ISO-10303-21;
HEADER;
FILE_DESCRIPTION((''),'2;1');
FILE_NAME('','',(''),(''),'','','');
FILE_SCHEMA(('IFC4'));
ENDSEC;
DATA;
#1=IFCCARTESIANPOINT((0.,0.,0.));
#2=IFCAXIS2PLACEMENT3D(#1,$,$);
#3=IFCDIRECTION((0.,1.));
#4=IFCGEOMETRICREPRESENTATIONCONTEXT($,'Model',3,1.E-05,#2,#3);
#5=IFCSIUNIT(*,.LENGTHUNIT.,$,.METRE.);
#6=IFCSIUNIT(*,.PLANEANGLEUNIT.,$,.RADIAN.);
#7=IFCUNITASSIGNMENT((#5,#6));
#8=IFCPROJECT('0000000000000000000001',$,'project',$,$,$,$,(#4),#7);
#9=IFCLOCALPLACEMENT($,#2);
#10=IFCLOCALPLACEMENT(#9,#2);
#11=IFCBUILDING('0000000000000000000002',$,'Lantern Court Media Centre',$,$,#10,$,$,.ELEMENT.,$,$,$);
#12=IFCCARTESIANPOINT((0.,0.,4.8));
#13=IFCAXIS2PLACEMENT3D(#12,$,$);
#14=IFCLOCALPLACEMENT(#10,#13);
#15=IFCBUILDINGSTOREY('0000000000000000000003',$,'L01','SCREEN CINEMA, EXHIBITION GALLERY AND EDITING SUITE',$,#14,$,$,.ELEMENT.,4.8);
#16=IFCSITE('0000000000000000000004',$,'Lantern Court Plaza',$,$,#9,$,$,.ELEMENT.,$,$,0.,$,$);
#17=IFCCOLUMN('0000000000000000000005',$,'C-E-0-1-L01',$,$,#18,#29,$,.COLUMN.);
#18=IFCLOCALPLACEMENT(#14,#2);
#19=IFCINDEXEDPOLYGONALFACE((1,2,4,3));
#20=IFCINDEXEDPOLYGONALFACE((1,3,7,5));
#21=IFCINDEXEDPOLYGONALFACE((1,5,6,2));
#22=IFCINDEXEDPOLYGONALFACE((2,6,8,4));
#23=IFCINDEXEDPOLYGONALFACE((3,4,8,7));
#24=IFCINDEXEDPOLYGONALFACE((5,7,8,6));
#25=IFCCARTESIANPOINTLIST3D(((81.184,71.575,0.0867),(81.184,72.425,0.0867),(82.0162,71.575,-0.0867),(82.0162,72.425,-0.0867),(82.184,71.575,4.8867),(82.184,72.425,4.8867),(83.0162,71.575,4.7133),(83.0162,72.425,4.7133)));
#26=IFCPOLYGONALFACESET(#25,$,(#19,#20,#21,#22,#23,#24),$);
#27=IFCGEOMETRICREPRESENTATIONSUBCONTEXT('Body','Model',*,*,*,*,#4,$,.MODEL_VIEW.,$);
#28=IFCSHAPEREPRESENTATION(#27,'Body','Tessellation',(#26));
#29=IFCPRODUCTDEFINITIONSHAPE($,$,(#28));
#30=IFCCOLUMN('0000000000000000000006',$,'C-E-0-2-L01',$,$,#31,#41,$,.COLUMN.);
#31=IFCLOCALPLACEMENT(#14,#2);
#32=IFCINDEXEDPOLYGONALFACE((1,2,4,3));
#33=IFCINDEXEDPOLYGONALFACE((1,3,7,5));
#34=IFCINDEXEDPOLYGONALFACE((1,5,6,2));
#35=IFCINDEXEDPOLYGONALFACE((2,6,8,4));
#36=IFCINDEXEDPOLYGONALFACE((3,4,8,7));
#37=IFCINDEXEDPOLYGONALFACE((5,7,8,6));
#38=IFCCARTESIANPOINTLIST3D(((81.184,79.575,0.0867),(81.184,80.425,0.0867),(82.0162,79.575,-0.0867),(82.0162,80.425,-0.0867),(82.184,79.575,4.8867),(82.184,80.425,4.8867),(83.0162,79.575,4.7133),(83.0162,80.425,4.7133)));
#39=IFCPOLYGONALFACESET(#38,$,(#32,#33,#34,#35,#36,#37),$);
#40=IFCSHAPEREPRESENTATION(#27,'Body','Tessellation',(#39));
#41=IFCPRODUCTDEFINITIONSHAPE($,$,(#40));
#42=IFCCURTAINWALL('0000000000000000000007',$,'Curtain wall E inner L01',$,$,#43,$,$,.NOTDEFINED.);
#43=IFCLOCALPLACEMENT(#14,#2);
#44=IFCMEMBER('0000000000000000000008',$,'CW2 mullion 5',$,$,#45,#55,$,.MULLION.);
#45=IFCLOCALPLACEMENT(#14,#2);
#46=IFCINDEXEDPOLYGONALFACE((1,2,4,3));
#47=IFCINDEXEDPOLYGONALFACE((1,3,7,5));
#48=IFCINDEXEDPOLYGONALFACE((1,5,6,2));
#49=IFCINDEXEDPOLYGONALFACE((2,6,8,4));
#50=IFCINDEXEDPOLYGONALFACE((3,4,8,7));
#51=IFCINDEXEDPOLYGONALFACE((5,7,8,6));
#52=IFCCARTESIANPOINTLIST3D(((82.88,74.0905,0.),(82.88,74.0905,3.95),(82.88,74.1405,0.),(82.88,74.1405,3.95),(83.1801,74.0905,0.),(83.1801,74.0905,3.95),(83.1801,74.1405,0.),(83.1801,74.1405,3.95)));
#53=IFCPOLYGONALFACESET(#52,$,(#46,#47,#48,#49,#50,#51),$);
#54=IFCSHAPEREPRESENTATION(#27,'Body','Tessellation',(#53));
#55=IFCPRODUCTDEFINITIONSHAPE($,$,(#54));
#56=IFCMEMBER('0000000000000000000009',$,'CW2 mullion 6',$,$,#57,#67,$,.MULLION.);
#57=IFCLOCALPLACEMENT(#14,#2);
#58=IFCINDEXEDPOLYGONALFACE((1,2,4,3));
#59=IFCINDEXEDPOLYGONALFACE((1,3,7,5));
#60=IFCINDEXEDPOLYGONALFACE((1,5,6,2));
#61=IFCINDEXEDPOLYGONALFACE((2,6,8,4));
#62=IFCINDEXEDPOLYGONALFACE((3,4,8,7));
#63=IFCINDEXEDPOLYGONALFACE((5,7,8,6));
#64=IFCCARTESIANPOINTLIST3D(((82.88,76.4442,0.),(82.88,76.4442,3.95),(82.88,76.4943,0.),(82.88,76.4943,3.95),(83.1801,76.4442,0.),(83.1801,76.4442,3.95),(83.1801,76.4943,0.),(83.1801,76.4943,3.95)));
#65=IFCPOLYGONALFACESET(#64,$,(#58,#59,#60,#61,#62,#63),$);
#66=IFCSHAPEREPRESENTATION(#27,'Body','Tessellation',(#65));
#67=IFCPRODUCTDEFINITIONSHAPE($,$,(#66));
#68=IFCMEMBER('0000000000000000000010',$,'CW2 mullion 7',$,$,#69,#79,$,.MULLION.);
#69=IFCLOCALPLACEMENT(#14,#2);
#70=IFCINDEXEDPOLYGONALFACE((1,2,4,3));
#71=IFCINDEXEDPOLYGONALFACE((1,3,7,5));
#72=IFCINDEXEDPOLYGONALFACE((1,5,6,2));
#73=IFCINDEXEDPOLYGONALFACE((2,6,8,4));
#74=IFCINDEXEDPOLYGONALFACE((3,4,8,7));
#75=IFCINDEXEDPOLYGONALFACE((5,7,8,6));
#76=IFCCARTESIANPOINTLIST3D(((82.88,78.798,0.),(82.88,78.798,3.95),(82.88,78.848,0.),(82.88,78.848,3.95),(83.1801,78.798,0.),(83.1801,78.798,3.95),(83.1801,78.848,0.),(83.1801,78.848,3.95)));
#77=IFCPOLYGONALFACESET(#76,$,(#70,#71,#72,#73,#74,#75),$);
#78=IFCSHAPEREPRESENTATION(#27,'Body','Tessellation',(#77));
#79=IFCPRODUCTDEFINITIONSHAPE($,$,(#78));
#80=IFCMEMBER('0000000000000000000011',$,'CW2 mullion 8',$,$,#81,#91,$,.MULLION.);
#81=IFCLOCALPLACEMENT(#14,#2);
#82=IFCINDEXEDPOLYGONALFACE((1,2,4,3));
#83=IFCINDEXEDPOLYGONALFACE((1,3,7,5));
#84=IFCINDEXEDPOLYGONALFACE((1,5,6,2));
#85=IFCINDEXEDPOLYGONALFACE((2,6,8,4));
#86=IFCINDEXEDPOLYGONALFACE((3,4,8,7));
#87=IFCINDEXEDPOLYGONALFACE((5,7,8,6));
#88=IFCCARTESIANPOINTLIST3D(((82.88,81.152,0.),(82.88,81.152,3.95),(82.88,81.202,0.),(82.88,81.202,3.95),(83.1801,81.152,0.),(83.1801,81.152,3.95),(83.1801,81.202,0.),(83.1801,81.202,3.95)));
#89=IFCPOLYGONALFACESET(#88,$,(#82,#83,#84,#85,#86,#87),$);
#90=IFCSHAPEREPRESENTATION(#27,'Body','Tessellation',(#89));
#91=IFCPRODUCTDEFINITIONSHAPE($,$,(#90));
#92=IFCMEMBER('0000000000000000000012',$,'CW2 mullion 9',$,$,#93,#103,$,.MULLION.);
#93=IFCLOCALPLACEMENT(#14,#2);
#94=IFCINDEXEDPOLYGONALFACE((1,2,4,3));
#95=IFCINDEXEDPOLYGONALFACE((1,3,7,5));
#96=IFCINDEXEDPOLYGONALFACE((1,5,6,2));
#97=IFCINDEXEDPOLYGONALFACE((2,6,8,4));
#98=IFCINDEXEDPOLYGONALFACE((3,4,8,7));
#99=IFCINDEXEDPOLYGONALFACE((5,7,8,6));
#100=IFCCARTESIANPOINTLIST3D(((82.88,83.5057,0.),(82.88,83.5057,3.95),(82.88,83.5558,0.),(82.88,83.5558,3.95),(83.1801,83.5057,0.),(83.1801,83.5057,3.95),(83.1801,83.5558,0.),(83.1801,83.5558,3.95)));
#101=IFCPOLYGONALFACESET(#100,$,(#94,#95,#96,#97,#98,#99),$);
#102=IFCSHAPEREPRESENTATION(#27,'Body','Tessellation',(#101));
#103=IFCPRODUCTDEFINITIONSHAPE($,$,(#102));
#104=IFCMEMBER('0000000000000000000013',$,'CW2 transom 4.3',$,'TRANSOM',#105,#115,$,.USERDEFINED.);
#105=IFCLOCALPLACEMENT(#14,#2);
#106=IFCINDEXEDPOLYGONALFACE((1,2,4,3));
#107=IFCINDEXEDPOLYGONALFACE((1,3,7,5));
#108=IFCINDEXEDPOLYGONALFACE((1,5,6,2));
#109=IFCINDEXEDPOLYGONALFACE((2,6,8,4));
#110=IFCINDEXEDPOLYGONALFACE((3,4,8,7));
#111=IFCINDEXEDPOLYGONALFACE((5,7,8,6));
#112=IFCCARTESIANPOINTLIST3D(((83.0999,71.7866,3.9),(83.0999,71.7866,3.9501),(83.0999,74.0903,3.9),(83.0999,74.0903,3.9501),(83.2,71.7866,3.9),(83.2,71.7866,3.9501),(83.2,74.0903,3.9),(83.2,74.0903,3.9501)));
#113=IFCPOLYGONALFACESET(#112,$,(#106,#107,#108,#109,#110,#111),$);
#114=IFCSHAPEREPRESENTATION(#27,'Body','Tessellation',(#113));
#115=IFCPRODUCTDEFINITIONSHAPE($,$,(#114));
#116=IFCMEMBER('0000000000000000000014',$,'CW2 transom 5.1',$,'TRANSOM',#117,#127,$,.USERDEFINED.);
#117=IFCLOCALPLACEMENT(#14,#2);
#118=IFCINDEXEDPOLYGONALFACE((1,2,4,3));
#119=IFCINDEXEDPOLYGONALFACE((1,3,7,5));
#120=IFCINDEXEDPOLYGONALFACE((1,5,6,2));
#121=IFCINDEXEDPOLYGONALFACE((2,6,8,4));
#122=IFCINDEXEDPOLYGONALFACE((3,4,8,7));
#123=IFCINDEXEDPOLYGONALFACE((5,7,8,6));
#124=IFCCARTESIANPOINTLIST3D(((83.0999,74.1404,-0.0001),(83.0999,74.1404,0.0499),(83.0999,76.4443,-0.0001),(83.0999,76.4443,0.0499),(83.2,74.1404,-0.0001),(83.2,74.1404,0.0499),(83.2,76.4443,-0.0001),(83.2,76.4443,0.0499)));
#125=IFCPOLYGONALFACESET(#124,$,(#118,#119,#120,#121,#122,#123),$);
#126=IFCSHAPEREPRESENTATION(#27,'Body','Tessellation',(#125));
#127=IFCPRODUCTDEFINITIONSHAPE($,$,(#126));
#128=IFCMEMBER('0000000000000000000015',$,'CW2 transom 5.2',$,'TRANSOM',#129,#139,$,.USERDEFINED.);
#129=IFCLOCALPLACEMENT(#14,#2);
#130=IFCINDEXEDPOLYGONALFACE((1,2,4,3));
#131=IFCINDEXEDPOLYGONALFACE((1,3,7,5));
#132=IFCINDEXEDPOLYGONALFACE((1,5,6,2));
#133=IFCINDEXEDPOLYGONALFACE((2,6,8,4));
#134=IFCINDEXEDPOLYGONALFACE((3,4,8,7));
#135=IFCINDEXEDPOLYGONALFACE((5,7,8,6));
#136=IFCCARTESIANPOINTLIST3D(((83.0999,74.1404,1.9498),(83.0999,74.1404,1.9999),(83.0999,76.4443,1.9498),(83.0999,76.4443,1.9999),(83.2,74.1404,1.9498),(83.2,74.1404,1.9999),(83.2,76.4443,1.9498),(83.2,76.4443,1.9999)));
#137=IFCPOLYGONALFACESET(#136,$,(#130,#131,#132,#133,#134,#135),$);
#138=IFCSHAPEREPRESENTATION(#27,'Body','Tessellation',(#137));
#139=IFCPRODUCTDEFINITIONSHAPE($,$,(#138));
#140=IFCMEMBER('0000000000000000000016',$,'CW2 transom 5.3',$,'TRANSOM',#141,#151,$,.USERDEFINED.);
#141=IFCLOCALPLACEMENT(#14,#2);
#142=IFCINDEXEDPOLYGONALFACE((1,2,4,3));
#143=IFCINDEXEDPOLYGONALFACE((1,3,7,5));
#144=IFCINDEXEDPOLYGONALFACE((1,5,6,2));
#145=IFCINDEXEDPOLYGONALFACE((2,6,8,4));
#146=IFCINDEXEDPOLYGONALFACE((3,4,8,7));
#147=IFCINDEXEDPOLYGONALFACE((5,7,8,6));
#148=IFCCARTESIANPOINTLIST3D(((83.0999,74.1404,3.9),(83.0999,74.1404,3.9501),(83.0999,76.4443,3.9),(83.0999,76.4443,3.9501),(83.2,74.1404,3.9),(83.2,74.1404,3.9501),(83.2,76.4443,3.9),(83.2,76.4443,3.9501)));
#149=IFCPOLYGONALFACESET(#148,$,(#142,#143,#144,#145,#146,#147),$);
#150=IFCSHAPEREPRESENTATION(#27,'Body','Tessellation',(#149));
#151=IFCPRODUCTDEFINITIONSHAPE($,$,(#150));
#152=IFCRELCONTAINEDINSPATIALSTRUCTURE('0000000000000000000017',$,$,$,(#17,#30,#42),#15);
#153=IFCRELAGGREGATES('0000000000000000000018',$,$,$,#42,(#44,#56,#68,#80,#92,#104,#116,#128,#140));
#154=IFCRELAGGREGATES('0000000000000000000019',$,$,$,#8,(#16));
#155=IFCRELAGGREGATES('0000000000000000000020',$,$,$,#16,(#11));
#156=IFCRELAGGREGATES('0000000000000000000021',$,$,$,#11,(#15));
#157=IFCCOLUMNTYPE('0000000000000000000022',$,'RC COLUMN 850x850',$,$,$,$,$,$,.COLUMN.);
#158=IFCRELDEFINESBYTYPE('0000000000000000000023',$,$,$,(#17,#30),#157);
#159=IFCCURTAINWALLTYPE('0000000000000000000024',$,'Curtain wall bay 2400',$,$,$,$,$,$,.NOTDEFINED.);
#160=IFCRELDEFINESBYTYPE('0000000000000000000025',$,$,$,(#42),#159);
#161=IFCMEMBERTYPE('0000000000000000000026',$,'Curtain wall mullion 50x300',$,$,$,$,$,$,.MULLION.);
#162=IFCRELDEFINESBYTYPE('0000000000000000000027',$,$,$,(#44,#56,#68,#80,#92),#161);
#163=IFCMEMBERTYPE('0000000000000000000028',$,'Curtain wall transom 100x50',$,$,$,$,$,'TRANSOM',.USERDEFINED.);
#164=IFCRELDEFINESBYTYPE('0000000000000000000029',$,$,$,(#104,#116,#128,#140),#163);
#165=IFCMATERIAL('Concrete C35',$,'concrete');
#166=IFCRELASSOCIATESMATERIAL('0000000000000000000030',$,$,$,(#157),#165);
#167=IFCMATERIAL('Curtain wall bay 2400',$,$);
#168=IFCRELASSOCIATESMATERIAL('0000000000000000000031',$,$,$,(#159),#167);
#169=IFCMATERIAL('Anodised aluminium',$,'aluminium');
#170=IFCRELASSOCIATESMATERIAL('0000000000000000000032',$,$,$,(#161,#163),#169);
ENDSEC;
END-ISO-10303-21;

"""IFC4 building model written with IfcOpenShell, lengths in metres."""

from ifc_helpers import new_model, si_unit, direction, frame, origin, origin_2d, place, context, subcontext, project, spatial, rectangle, extrude, material, material_profile, profile_set, type_object, element, aggregate, save


model = new_model("IFC4")

# Units and contexts
model_context = context("Model", 3, precision=1e-05, world=origin(), true_north=direction((0.0, 1.0)))
body_context = subcontext(model_context, "Body", "Model", "MODEL_VIEW")
ifc_project = project(units=[si_unit("LENGTHUNIT", "METRE"), si_unit("PLANEANGLEUNIT", "RADIAN")], contexts=[model_context])

# Site, building, storey
site_placement = place(None, origin())
site = spatial("IfcSite", under=ifc_project, at=site_placement, Name="Lantern Court Plaza", CompositionType="ELEMENT", RefElevation=0.0)
building_placement = place(site_placement, origin())
building = spatial("IfcBuilding", under=site, at=building_placement, Name="Lantern Court Media Centre", CompositionType="ELEMENT")
storey_placement = place(building_placement, frame((0.0, 0.0, 4.8)))
storey = spatial("IfcBuildingStorey", under=building, at=storey_placement, Name="L01", Description="SCREEN CINEMA, EXHIBITION GALLERY AND EDITING SUITE", CompositionType="ELEMENT", Elevation=4.8)

# Columns
ifc_material_1 = material(Name="Concrete C35", Category="concrete")
ifc_material_profile_1 = material_profile(ifc_material_1, rectangle(XDim=0.8501, YDim=0.8501, at=origin_2d()), Name="RC 850x850")
ifc_profile_set_1 = profile_set([ifc_material_profile_1], Name="Concrete C35")
column_type = type_object("IfcColumnType", Name="RC COLUMN 850x850", PredefinedType="COLUMN", material=ifc_profile_set_1)
for number, where, z_axis, x_axis, name in (
    (1, (81.6001, 72.0, 0.0), (0.203952, 0.0, 0.978981), (0.0, 1.0, 0.0), "C-E-0-1-L01"),
    (2, (81.6001, 80.0, 0.0), (0.203952, 0.0, 0.978981), (0.0, 1.0, 0.0), "C-E-0-2-L01"),
):
    element("IfcColumn", number, at=place(storey_placement, frame(where, z_axis=z_axis, x_axis=x_axis)), inside=storey, type_object=column_type, Name=name, PredefinedType="COLUMN", context=body_context, shape_type="SweptSolid", body=[
        extrude(rectangle(XDim=0.8501, YDim=0.8501, at=origin_2d()), origin(), (0.0, 0.0, 1.0), 4.9031),
    ])

# Curtain wall, members
ifc_material_2 = material(Name="Curtain wall bay 2400")
curtain_wall_type = type_object("IfcCurtainWallType", Name="Curtain wall bay 2400", PredefinedType="NOTDEFINED", material=ifc_material_2)
curtain_wall_placement = place(storey_placement, origin())
curtain_wall = element("IfcCurtainWall", 3, at=curtain_wall_placement, inside=storey, type_object=curtain_wall_type, Name="Curtain wall E inner L01", PredefinedType="NOTDEFINED")
ifc_material_3 = material(Name="Anodised aluminium", Category="aluminium")
ifc_material_profile_2 = material_profile(ifc_material_3, rectangle(XDim=0.3, YDim=0.05, at=origin_2d()), Name="AL 50x300")
ifc_profile_set_2 = profile_set([ifc_material_profile_2], Name="Anodised aluminium")
member_type_1 = type_object("IfcMemberType", Name="Curtain wall mullion 50x300", PredefinedType="MULLION", material=ifc_profile_set_2)
member_1_placement = place(storey_placement, frame((83.03, 74.1155, 0.0), z_axis=(0.0, 0.0, 1.0), x_axis=(-1.0, 0.0, 0.0)))
member_1 = element("IfcMember", 4, at=member_1_placement, type_object=member_type_1, Name="CW2 mullion 5", PredefinedType="MULLION", context=body_context, shape_type="SweptSolid", body=[
    extrude(rectangle(XDim=0.3, YDim=0.05, at=origin_2d()), origin(), (0.0, 0.0, 1.0), 3.95),
])
member_2_placement = place(storey_placement, frame((83.03, 76.4692, 0.0), z_axis=(0.0, 0.0, 1.0), x_axis=(-1.0, 0.0, 0.0)))
member_2 = element("IfcMember", 5, at=member_2_placement, type_object=member_type_1, Name="CW2 mullion 6", PredefinedType="MULLION", context=body_context, shape_type="SweptSolid", body=[
    extrude(rectangle(XDim=0.3, YDim=0.05, at=origin_2d()), origin(), (0.0, 0.0, 1.0), 3.95),
])
member_3_placement = place(storey_placement, frame((83.03, 78.823, 0.0), z_axis=(0.0, 0.0, 1.0), x_axis=(-1.0, 0.0, 0.0)))
member_3 = element("IfcMember", 6, at=member_3_placement, type_object=member_type_1, Name="CW2 mullion 7", PredefinedType="MULLION", context=body_context, shape_type="SweptSolid", body=[
    extrude(rectangle(XDim=0.3, YDim=0.05, at=origin_2d()), origin(), (0.0, 0.0, 1.0), 3.95),
])
member_4_placement = place(storey_placement, frame((83.03, 81.177, 0.0), z_axis=(0.0, 0.0, 1.0), x_axis=(-1.0, 0.0, 0.0)))
member_4 = element("IfcMember", 7, at=member_4_placement, type_object=member_type_1, Name="CW2 mullion 8", PredefinedType="MULLION", context=body_context, shape_type="SweptSolid", body=[
    extrude(rectangle(XDim=0.3, YDim=0.05, at=origin_2d()), origin(), (0.0, 0.0, 1.0), 3.95),
])
member_5_placement = place(storey_placement, frame((83.03, 83.5308, 0.0), z_axis=(0.0, 0.0, 1.0), x_axis=(-1.0, 0.0, 0.0)))
member_5 = element("IfcMember", 8, at=member_5_placement, type_object=member_type_1, Name="CW2 mullion 9", PredefinedType="MULLION", context=body_context, shape_type="SweptSolid", body=[
    extrude(rectangle(XDim=0.3, YDim=0.05, at=origin_2d()), origin(), (0.0, 0.0, 1.0), 3.95),
])
ifc_material_profile_3 = material_profile(ifc_material_3, rectangle(XDim=0.1001, YDim=0.05, at=origin_2d()), Name="AL 50x100")
ifc_profile_set_3 = profile_set([ifc_material_profile_3], Name="Anodised aluminium")
member_type_2 = type_object("IfcMemberType", Name="Curtain wall transom 100x50", ElementType="TRANSOM", PredefinedType="USERDEFINED", material=ifc_profile_set_3)
member_6_placement = place(storey_placement, frame((83.1499, 71.7866, 3.925), z_axis=(0.0, 1.0, 0.0), x_axis=(-1.0, 0.0, 0.0)))
member_6 = element("IfcMember", 9, at=member_6_placement, type_object=member_type_2, Name="CW2 transom 4.3", ObjectType="TRANSOM", PredefinedType="USERDEFINED", context=body_context, shape_type="SweptSolid", body=[
    extrude(rectangle(XDim=0.1001, YDim=0.05, at=origin_2d()), origin(), (0.0, 0.0, 1.0), 2.3037),
])
member_7_placement = place(storey_placement, frame((83.1499, 74.1404, 0.0249), z_axis=(0.0, 1.0, 0.0), x_axis=(-1.0, 0.0, 0.0)))
member_7 = element("IfcMember", 10, at=member_7_placement, type_object=member_type_2, Name="CW2 transom 5.1", ObjectType="TRANSOM", PredefinedType="USERDEFINED", context=body_context, shape_type="SweptSolid", body=[
    extrude(rectangle(XDim=0.1001, YDim=0.05, at=origin_2d()), origin(), (0.0, 0.0, 1.0), 2.304),
])
member_8_placement = place(storey_placement, frame((83.1499, 74.1404, 1.9749), z_axis=(0.0, 1.0, 0.0), x_axis=(-1.0, 0.0, 0.0)))
member_8 = element("IfcMember", 11, at=member_8_placement, type_object=member_type_2, Name="CW2 transom 5.2", ObjectType="TRANSOM", PredefinedType="USERDEFINED", context=body_context, shape_type="SweptSolid", body=[
    extrude(rectangle(XDim=0.1001, YDim=0.05, at=origin_2d()), origin(), (0.0, 0.0, 1.0), 2.304),
])
member_9_placement = place(storey_placement, frame((83.1499, 74.1404, 3.925), z_axis=(0.0, 1.0, 0.0), x_axis=(-1.0, 0.0, 0.0)))
member_9 = element("IfcMember", 12, at=member_9_placement, type_object=member_type_2, Name="CW2 transom 5.3", ObjectType="TRANSOM", PredefinedType="USERDEFINED", context=body_context, shape_type="SweptSolid", body=[
    extrude(rectangle(XDim=0.1001, YDim=0.05, at=origin_2d()), origin(), (0.0, 0.0, 1.0), 2.304),
])

aggregate(curtain_wall, [member_1, member_2, member_3, member_4, member_5, member_6, member_7, member_8, member_9])

save(model, "model.ifc")
